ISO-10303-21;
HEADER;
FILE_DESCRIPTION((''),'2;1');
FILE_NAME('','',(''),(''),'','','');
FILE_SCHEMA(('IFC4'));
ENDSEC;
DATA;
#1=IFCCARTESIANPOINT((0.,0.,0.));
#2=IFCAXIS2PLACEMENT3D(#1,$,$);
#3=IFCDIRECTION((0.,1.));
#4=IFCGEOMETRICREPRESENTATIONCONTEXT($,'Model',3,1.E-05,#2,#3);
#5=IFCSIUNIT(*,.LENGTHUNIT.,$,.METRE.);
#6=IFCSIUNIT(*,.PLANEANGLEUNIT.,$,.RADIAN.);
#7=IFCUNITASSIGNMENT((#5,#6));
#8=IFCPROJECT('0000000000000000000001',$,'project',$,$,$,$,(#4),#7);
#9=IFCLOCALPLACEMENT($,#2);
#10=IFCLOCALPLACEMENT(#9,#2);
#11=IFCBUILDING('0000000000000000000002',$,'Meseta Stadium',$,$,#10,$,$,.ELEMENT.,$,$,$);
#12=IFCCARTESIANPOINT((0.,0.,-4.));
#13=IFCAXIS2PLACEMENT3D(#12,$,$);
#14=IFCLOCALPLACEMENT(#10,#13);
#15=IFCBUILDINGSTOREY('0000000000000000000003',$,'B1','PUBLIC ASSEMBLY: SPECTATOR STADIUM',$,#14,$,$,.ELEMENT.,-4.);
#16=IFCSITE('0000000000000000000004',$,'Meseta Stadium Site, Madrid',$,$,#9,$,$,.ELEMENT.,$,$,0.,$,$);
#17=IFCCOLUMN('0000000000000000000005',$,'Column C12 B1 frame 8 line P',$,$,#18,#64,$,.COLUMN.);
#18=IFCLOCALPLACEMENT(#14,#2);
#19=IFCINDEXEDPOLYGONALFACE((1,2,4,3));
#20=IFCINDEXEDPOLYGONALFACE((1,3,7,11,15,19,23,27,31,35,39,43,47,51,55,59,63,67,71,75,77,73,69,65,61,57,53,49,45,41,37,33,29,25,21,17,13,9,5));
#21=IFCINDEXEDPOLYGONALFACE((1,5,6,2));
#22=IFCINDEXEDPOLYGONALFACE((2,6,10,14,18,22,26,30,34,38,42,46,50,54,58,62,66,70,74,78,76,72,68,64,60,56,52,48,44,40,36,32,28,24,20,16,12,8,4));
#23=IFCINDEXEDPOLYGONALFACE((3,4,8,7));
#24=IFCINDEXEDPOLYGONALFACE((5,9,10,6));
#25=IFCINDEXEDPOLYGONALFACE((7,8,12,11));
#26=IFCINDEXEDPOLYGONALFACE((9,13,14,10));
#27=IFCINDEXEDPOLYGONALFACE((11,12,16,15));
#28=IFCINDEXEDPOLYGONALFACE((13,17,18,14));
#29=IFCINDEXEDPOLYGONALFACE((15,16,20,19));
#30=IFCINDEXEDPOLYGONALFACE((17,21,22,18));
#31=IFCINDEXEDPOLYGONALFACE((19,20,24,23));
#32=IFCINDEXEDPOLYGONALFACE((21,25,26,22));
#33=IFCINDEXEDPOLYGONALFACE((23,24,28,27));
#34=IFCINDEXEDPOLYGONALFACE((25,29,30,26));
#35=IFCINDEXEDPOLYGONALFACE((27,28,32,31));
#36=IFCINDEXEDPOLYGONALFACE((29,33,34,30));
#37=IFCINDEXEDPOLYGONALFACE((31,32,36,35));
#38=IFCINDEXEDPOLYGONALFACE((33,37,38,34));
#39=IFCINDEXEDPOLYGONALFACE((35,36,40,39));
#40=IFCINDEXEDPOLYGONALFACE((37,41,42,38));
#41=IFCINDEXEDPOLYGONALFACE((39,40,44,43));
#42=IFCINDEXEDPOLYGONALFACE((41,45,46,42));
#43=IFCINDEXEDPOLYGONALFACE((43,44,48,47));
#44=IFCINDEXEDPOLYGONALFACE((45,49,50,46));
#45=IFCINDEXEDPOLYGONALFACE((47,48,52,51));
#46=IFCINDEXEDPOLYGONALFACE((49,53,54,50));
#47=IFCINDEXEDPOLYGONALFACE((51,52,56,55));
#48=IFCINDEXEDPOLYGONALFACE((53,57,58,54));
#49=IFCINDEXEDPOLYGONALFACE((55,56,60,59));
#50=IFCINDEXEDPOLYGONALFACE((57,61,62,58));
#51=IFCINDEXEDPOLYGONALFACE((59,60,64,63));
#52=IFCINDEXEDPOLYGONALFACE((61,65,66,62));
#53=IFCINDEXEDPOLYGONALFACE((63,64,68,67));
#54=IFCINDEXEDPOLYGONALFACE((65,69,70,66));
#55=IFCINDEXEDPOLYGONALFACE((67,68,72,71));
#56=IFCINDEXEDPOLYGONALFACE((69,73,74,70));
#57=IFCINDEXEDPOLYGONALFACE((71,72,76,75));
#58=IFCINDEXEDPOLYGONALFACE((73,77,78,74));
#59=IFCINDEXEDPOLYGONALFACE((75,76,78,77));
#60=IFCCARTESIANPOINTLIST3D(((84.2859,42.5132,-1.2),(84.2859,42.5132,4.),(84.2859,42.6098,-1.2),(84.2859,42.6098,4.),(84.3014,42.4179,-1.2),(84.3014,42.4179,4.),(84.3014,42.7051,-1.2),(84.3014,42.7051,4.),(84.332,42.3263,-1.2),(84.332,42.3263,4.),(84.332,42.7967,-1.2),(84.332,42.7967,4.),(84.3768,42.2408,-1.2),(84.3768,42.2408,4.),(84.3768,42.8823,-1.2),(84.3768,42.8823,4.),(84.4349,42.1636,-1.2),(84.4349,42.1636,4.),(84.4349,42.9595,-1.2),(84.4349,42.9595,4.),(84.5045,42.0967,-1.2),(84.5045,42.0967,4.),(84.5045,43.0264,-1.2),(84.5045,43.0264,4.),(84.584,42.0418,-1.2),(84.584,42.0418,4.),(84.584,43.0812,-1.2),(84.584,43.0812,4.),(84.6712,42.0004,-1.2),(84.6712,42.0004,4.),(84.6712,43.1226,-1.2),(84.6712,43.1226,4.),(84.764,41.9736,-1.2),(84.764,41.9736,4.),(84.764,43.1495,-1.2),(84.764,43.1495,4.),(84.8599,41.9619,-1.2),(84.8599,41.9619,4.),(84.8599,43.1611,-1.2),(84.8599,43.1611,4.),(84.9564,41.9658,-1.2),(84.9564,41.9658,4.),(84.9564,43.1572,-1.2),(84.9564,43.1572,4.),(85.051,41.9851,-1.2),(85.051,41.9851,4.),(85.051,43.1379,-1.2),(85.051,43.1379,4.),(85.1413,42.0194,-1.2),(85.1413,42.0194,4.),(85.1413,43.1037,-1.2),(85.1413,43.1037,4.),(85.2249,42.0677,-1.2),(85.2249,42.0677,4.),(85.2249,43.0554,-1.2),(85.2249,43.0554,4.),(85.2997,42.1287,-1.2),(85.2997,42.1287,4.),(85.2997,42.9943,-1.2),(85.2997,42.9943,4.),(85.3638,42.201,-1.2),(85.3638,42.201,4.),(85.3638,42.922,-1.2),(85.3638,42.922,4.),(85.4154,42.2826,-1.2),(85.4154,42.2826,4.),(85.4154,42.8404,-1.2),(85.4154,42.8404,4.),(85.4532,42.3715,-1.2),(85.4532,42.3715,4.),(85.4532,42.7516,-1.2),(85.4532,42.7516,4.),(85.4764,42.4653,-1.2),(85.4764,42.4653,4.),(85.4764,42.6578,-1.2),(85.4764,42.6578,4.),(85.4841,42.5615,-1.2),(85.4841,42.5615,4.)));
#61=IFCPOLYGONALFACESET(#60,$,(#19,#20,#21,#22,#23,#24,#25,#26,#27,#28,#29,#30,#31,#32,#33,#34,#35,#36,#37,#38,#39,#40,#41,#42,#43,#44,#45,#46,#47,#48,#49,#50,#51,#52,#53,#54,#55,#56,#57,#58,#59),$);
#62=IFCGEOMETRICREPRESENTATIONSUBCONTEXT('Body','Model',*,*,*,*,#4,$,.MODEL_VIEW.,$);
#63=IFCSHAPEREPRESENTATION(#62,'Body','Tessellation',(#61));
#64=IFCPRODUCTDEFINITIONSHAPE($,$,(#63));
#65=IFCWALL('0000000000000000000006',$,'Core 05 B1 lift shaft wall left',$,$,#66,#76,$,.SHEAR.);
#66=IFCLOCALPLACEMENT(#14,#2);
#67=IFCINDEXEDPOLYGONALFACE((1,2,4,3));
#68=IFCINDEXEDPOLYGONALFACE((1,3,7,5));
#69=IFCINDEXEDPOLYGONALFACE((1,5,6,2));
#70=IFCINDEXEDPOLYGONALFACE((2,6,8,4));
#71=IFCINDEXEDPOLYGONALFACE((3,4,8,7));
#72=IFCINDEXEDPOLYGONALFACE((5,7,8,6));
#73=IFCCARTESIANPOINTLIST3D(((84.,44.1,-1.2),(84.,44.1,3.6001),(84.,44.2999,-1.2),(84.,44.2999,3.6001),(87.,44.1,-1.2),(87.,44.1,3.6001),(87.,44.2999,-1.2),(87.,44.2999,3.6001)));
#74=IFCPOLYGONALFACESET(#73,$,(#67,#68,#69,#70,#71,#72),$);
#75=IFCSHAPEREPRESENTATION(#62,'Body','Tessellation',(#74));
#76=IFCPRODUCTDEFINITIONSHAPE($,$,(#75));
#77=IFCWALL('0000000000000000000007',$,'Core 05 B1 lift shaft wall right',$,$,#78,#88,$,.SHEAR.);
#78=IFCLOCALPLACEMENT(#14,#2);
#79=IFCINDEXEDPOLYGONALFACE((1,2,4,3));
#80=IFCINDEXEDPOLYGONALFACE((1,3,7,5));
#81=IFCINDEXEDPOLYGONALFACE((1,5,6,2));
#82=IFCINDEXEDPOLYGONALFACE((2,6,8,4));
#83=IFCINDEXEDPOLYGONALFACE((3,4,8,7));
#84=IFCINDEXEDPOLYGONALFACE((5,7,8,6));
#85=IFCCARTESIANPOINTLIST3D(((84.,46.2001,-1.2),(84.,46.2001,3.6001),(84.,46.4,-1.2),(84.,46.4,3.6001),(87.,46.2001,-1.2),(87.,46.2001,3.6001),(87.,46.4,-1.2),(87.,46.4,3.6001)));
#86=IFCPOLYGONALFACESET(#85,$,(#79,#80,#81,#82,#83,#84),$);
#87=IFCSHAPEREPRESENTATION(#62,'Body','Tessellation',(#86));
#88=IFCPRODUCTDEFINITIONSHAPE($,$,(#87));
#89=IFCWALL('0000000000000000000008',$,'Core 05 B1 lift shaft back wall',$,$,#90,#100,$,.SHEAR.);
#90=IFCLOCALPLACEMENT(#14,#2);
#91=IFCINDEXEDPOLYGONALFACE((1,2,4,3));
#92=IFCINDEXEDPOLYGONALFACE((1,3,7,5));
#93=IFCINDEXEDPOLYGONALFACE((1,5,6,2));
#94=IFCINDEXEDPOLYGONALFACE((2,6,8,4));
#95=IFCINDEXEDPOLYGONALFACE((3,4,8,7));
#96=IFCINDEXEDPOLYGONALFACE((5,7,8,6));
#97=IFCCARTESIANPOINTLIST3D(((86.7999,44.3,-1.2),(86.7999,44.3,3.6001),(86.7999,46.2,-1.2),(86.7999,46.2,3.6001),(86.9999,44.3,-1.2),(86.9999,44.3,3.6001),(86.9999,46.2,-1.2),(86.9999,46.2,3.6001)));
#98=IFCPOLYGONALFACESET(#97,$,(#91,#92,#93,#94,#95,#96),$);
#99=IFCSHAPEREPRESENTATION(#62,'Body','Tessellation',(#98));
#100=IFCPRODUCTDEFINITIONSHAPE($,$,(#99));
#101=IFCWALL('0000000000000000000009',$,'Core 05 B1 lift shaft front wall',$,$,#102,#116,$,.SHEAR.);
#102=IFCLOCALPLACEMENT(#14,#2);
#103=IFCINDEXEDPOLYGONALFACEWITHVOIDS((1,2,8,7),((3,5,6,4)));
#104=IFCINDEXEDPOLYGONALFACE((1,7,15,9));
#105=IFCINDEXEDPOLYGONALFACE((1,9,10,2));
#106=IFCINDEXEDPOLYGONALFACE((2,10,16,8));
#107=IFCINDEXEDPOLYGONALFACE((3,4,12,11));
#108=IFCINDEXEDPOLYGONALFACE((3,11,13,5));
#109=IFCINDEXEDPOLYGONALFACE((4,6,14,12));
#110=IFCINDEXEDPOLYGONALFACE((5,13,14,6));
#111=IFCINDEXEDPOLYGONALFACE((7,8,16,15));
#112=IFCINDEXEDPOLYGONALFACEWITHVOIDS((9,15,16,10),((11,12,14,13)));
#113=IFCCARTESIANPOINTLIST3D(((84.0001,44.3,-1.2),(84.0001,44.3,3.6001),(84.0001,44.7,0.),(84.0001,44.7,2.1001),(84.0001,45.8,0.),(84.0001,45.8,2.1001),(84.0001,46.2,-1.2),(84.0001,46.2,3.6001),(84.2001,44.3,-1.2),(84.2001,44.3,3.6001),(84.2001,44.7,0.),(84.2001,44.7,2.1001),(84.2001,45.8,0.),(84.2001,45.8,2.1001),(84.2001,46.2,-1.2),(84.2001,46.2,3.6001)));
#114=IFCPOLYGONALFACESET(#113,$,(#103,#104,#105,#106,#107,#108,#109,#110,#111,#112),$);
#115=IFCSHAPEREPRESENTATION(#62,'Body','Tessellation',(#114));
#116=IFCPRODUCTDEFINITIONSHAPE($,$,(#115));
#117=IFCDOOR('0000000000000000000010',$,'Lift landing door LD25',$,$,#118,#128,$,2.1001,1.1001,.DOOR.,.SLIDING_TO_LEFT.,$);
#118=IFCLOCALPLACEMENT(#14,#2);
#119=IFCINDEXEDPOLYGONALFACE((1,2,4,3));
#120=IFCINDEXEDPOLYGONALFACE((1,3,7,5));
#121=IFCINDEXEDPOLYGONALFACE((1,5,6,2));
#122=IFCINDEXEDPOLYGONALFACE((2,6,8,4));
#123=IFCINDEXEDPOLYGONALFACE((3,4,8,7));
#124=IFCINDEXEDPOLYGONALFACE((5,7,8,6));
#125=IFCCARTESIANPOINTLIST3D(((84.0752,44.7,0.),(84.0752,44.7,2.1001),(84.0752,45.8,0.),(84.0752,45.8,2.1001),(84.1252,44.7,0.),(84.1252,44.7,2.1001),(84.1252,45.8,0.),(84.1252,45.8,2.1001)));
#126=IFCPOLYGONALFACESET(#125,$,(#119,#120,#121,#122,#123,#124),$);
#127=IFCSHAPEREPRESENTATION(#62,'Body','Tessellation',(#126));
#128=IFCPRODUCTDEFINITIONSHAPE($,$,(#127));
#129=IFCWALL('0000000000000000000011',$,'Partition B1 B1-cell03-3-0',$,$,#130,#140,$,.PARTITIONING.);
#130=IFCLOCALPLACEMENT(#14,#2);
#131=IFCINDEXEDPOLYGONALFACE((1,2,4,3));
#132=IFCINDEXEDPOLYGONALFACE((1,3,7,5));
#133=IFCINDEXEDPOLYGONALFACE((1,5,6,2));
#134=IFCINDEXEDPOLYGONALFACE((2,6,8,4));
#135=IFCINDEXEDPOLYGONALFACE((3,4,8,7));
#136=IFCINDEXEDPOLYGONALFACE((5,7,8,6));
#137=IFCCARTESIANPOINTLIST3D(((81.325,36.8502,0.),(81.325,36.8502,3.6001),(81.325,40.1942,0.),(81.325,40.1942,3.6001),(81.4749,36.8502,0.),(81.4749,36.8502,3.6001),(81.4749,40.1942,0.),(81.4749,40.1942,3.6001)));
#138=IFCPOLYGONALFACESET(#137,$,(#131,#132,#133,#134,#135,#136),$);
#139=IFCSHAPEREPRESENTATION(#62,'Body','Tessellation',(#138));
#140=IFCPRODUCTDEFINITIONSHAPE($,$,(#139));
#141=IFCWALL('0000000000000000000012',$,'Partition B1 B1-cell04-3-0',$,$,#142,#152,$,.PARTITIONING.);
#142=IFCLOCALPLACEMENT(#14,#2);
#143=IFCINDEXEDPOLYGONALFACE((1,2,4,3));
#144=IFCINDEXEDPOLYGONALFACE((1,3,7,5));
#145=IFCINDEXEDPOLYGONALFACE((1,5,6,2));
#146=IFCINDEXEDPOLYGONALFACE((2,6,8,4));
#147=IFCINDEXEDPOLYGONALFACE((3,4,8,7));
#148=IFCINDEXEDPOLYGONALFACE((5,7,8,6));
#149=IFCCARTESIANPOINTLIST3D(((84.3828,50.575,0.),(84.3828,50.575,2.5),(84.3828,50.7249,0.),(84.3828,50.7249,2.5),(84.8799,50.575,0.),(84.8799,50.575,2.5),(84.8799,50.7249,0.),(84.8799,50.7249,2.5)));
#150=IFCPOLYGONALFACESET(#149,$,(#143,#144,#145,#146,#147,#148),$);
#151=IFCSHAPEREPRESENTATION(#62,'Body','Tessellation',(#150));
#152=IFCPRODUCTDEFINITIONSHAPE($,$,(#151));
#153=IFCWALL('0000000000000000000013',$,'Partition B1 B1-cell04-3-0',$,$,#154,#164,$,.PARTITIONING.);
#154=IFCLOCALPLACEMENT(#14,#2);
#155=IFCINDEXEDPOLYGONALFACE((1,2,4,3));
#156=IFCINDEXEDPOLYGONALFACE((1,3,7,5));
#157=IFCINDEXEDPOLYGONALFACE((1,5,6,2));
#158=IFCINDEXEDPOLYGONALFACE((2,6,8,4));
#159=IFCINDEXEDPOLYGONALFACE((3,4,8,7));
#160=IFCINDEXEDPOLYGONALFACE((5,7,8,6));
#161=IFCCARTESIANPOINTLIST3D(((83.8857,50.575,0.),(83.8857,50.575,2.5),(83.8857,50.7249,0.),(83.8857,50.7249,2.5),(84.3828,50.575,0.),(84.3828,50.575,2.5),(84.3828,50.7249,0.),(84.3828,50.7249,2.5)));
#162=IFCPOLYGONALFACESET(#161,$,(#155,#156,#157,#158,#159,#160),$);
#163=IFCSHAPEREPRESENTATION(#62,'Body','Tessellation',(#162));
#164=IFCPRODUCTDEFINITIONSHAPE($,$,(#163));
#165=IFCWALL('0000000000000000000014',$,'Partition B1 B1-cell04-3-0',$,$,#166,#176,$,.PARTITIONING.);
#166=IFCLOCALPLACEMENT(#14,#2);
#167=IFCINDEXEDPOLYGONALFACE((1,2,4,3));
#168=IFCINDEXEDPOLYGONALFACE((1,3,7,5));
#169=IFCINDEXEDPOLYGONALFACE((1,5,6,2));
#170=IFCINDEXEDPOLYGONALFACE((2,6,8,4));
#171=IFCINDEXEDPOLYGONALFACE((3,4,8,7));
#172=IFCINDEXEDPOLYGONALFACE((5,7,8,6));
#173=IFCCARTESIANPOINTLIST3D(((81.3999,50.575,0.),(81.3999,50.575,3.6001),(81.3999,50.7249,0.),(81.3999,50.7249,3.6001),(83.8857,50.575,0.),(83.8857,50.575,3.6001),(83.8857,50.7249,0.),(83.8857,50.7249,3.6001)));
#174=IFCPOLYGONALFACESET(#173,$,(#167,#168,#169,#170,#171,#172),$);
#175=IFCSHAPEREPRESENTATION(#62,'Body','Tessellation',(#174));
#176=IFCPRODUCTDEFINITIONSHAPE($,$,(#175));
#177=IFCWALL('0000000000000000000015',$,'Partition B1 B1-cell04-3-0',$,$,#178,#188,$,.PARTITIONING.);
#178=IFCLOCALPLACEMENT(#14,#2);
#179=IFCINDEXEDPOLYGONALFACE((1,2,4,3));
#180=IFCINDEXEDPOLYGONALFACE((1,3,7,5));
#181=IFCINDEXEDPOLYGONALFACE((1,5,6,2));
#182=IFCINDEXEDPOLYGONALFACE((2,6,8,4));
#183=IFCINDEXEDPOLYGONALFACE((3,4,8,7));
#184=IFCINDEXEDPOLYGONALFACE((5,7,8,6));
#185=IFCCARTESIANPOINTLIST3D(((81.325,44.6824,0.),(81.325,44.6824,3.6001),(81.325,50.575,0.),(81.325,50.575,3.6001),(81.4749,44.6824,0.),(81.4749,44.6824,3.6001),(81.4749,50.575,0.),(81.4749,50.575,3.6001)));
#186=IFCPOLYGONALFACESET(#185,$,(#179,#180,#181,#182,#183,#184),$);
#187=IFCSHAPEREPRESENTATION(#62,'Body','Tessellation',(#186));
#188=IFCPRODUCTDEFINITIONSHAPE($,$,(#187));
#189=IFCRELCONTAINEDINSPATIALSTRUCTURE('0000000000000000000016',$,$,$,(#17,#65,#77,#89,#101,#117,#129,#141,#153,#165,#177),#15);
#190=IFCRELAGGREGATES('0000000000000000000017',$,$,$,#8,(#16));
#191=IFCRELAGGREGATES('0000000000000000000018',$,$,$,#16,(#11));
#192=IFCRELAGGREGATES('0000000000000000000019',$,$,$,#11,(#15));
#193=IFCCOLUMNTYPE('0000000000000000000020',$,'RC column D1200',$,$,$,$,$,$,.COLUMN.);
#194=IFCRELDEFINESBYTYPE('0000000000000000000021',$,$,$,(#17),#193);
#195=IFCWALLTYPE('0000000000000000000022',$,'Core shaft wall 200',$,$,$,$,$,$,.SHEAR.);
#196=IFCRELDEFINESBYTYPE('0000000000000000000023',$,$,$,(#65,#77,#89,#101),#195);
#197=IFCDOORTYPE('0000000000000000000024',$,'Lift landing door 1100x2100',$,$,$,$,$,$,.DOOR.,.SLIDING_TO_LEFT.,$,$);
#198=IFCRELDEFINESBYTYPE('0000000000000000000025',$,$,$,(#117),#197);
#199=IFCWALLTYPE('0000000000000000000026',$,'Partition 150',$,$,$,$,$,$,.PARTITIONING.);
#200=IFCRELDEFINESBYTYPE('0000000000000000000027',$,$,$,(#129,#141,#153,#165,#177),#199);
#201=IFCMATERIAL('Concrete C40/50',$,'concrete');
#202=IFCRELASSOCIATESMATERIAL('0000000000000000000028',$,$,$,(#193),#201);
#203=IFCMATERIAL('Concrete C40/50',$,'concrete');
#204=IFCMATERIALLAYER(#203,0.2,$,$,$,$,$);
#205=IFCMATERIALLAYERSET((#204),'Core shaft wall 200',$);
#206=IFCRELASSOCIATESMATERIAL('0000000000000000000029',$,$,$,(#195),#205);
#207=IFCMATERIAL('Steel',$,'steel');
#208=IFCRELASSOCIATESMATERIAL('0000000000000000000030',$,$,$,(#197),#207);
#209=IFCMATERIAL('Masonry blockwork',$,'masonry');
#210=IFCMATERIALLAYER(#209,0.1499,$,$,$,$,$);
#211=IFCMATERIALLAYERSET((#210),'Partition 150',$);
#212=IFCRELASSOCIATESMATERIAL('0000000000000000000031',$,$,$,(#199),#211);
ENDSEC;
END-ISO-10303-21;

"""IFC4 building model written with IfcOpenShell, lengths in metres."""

from ifc_helpers import new_model, si_unit, direction, frame, frame_2d, origin, origin_2d, place, context, subcontext, project, spatial, rectangle, circle, extrude, material, layer, layer_set, material_profile, profile_set, type_object, element, fill, save


model = new_model("IFC4")

# Units and contexts
model_context = context("Model", 3, precision=1e-05, world=origin(), true_north=direction((0.0, 1.0)))
body_context = subcontext(model_context, "Body", "Model", "MODEL_VIEW")
ifc_project = project(units=[si_unit("LENGTHUNIT", "METRE"), si_unit("PLANEANGLEUNIT", "RADIAN")], contexts=[model_context])

# Site, building, storey
site_placement = place(None, origin())
site = spatial("IfcSite", under=ifc_project, at=site_placement, Name="Meseta Stadium Site, Madrid", CompositionType="ELEMENT", RefElevation=0.0)
building_placement = place(site_placement, origin())
building = spatial("IfcBuilding", under=site, at=building_placement, Name="Meseta Stadium", CompositionType="ELEMENT")
storey_placement = place(building_placement, frame((0.0, 0.0, -4.0)))
storey = spatial("IfcBuildingStorey", under=building, at=storey_placement, Name="B1", Description="PUBLIC ASSEMBLY: SPECTATOR STADIUM", CompositionType="ELEMENT", Elevation=-4.0)

# Column
ifc_material_1 = material(Name="Concrete C40/50", Category="concrete")
ifc_material_profile = material_profile(ifc_material_1, circle(Radius=0.6001, at=origin_2d()), Name="RC D1200")
ifc_profile_set = profile_set([ifc_material_profile], Name="Concrete C40/50")
column_type = type_object("IfcColumnType", Name="RC column D1200", PredefinedType="COLUMN", material=ifc_profile_set)
column_placement = place(storey_placement, frame((84.884, 42.5615, -1.2), z_axis=(0.0, 0.0, 1.0), x_axis=(1.0, 0.0, 0.0)))
element("IfcColumn", 1, at=column_placement, inside=storey, type_object=column_type, Name="Column C12 B1 frame 8 line P", PredefinedType="COLUMN", context=body_context, shape_type="SweptSolid", body=[
    extrude(circle(Radius=0.6001, at=origin_2d()), origin(), (0.0, 0.0, 1.0), 5.2),
])

# Walls
ifc_material_2 = material(Name="Concrete C40/50", Category="concrete")
ifc_layer_1 = layer(ifc_material_2, 0.2)
ifc_layer_set_1 = layer_set([ifc_layer_1], Name="Core shaft wall 200")
wall_type_1 = type_object("IfcWallType", Name="Core shaft wall 200", PredefinedType="SHEAR", material=ifc_layer_set_1)
for number, where, z_axis, x_axis, name in (
    (2, (87.0, 44.2, -1.2), (0.0, 0.0, 1.0), (-1.0, 0.0, 0.0), "Core 05 B1 lift shaft wall left"),
    (3, (87.0, 46.3, -1.2), (0.0, 0.0, 1.0), (-1.0, 0.0, 0.0), "Core 05 B1 lift shaft wall right"),
):
    element("IfcWall", number, at=place(storey_placement, frame(where, z_axis=z_axis, x_axis=x_axis)), inside=storey, type_object=wall_type_1, Name=name, PredefinedType="SHEAR", context=body_context, shape_type="SweptSolid", body=[
        extrude(rectangle(XDim=3.0, YDim=0.2, at=frame_2d((1.5, 0.0))), origin(), (0.0, 0.0, 1.0), 4.8),
    ])
wall_1_placement = place(storey_placement, frame((86.8999, 44.3, -1.2), z_axis=(0.0, 0.0, 1.0), x_axis=(0.0, 1.0, 0.0)))
element("IfcWall", 4, at=wall_1_placement, inside=storey, type_object=wall_type_1, Name="Core 05 B1 lift shaft back wall", PredefinedType="SHEAR", context=body_context, shape_type="SweptSolid", body=[
    extrude(rectangle(XDim=1.8999, YDim=0.2, at=frame_2d((0.95, 0.0))), origin(), (0.0, 0.0, 1.0), 4.8),
])

# Wall, opening, door
wall_2_placement = place(storey_placement, frame((84.1001, 44.3, -1.2), z_axis=(0.0, 0.0, 1.0), x_axis=(0.0, 1.0, 0.0)))
wall_2 = element("IfcWall", 5, at=wall_2_placement, inside=storey, type_object=wall_type_1, Name="Core 05 B1 lift shaft front wall", PredefinedType="SHEAR", context=body_context, shape_type="SweptSolid", body=[
    extrude(rectangle(XDim=1.8999, YDim=0.2, at=frame_2d((0.95, 0.0))), origin(), (0.0, 0.0, 1.0), 4.8),
])
opening_1_placement = place(wall_2_placement, frame((0.3999, 0.0, 1.2)))
opening_1 = element("IfcOpeningElement", 6, at=opening_1_placement, cuts=wall_2, PredefinedType="OPENING", context=body_context, shape_type="SweptSolid", body=[
    extrude(rectangle(XDim=1.1001, YDim=2.1001, at=frame_2d((0.55, 1.05))), frame((0.0, 0.1099, 0.0), z_axis=(0.0, -1.0, 0.0), x_axis=(1.0, 0.0, 0.0)), (0.0, 0.0, 1.0), 0.22),
])
ifc_material_3 = material(Name="Steel", Category="steel")
door_type_1 = type_object("IfcDoorType", Name="Lift landing door 1100x2100", OperationType="SLIDING_TO_LEFT", PredefinedType="DOOR", material=ifc_material_3)
door_1_placement = place(opening_1_placement, origin())
door_1 = element("IfcDoor", 7, at=door_1_placement, inside=storey, type_object=door_type_1, Name="Lift landing door LD25", OperationType="SLIDING_TO_LEFT", OverallHeight=2.1001, OverallWidth=1.1001, PredefinedType="DOOR", context=body_context, shape_type="SweptSolid", body=[
    extrude(rectangle(XDim=1.1001, YDim=2.1001, at=frame_2d((0.55, 1.05))), frame((0.0, 0.0249, 0.0), z_axis=(0.0, -1.0, 0.0), x_axis=(1.0, 0.0, 0.0)), (0.0, 0.0, 1.0), 0.05),
])
fill(opening_1, door_1)

# Walls
ifc_material_4 = material(Name="Masonry blockwork", Category="masonry")
ifc_layer_2 = layer(ifc_material_4, 0.1499)
ifc_layer_set_2 = layer_set([ifc_layer_2], Name="Partition 150")
wall_type_2 = type_object("IfcWallType", Name="Partition 150", PredefinedType="PARTITIONING", material=ifc_layer_set_2)
wall_3_placement = place(storey_placement, frame((81.3999, 40.1941, 0.0), z_axis=(0.0, 0.0, 1.0), x_axis=(0.0, -1.0, 0.0)))
element("IfcWall", 8, at=wall_3_placement, inside=storey, type_object=wall_type_2, Name="Partition B1 B1-cell03-3-0", PredefinedType="PARTITIONING", context=body_context, shape_type="SweptSolid", body=[
    extrude(rectangle(XDim=3.344, YDim=0.1499, at=frame_2d((1.6719, 0.0))), origin(), (0.0, 0.0, 1.0), 3.6001),
])
for number, where, z_axis, x_axis, name in (
    (9, (84.8799, 50.6499, 0.0), (0.0, 0.0, 1.0), (-1.0, 0.0, 0.0), "Partition B1 B1-cell04-3-0"),
    (10, (84.3828, 50.6499, 0.0), (0.0, 0.0, 1.0), (-1.0, 0.0, 0.0), "Partition B1 B1-cell04-3-0"),
):
    element("IfcWall", number, at=place(storey_placement, frame(where, z_axis=z_axis, x_axis=x_axis)), inside=storey, type_object=wall_type_2, Name=name, PredefinedType="PARTITIONING", context=body_context, shape_type="SweptSolid", body=[
        extrude(rectangle(XDim=0.4971, YDim=0.1499, at=frame_2d((0.2485, 0.0))), origin(), (0.0, 0.0, 1.0), 2.5),
    ])
wall_4_placement = place(storey_placement, frame((83.8857, 50.6499, 0.0), z_axis=(0.0, 0.0, 1.0), x_axis=(-1.0, 0.0, 0.0)))
element("IfcWall", 11, at=wall_4_placement, inside=storey, type_object=wall_type_2, Name="Partition B1 B1-cell04-3-0", PredefinedType="PARTITIONING", context=body_context, shape_type="SweptSolid", body=[
    extrude(rectangle(XDim=2.4858, YDim=0.1499, at=frame_2d((1.2429, 0.0))), origin(), (0.0, 0.0, 1.0), 3.6001),
])
wall_5_placement = place(storey_placement, frame((81.3999, 50.575, 0.0), z_axis=(0.0, 0.0, 1.0), x_axis=(0.0, -1.0, 0.0)))
element("IfcWall", 12, at=wall_5_placement, inside=storey, type_object=wall_type_2, Name="Partition B1 B1-cell04-3-0", PredefinedType="PARTITIONING", context=body_context, shape_type="SweptSolid", body=[
    extrude(rectangle(XDim=5.8926, YDim=0.1499, at=frame_2d((2.9463, 0.0))), origin(), (0.0, 0.0, 1.0), 3.6001),
])

save(model, "model.ifc")
